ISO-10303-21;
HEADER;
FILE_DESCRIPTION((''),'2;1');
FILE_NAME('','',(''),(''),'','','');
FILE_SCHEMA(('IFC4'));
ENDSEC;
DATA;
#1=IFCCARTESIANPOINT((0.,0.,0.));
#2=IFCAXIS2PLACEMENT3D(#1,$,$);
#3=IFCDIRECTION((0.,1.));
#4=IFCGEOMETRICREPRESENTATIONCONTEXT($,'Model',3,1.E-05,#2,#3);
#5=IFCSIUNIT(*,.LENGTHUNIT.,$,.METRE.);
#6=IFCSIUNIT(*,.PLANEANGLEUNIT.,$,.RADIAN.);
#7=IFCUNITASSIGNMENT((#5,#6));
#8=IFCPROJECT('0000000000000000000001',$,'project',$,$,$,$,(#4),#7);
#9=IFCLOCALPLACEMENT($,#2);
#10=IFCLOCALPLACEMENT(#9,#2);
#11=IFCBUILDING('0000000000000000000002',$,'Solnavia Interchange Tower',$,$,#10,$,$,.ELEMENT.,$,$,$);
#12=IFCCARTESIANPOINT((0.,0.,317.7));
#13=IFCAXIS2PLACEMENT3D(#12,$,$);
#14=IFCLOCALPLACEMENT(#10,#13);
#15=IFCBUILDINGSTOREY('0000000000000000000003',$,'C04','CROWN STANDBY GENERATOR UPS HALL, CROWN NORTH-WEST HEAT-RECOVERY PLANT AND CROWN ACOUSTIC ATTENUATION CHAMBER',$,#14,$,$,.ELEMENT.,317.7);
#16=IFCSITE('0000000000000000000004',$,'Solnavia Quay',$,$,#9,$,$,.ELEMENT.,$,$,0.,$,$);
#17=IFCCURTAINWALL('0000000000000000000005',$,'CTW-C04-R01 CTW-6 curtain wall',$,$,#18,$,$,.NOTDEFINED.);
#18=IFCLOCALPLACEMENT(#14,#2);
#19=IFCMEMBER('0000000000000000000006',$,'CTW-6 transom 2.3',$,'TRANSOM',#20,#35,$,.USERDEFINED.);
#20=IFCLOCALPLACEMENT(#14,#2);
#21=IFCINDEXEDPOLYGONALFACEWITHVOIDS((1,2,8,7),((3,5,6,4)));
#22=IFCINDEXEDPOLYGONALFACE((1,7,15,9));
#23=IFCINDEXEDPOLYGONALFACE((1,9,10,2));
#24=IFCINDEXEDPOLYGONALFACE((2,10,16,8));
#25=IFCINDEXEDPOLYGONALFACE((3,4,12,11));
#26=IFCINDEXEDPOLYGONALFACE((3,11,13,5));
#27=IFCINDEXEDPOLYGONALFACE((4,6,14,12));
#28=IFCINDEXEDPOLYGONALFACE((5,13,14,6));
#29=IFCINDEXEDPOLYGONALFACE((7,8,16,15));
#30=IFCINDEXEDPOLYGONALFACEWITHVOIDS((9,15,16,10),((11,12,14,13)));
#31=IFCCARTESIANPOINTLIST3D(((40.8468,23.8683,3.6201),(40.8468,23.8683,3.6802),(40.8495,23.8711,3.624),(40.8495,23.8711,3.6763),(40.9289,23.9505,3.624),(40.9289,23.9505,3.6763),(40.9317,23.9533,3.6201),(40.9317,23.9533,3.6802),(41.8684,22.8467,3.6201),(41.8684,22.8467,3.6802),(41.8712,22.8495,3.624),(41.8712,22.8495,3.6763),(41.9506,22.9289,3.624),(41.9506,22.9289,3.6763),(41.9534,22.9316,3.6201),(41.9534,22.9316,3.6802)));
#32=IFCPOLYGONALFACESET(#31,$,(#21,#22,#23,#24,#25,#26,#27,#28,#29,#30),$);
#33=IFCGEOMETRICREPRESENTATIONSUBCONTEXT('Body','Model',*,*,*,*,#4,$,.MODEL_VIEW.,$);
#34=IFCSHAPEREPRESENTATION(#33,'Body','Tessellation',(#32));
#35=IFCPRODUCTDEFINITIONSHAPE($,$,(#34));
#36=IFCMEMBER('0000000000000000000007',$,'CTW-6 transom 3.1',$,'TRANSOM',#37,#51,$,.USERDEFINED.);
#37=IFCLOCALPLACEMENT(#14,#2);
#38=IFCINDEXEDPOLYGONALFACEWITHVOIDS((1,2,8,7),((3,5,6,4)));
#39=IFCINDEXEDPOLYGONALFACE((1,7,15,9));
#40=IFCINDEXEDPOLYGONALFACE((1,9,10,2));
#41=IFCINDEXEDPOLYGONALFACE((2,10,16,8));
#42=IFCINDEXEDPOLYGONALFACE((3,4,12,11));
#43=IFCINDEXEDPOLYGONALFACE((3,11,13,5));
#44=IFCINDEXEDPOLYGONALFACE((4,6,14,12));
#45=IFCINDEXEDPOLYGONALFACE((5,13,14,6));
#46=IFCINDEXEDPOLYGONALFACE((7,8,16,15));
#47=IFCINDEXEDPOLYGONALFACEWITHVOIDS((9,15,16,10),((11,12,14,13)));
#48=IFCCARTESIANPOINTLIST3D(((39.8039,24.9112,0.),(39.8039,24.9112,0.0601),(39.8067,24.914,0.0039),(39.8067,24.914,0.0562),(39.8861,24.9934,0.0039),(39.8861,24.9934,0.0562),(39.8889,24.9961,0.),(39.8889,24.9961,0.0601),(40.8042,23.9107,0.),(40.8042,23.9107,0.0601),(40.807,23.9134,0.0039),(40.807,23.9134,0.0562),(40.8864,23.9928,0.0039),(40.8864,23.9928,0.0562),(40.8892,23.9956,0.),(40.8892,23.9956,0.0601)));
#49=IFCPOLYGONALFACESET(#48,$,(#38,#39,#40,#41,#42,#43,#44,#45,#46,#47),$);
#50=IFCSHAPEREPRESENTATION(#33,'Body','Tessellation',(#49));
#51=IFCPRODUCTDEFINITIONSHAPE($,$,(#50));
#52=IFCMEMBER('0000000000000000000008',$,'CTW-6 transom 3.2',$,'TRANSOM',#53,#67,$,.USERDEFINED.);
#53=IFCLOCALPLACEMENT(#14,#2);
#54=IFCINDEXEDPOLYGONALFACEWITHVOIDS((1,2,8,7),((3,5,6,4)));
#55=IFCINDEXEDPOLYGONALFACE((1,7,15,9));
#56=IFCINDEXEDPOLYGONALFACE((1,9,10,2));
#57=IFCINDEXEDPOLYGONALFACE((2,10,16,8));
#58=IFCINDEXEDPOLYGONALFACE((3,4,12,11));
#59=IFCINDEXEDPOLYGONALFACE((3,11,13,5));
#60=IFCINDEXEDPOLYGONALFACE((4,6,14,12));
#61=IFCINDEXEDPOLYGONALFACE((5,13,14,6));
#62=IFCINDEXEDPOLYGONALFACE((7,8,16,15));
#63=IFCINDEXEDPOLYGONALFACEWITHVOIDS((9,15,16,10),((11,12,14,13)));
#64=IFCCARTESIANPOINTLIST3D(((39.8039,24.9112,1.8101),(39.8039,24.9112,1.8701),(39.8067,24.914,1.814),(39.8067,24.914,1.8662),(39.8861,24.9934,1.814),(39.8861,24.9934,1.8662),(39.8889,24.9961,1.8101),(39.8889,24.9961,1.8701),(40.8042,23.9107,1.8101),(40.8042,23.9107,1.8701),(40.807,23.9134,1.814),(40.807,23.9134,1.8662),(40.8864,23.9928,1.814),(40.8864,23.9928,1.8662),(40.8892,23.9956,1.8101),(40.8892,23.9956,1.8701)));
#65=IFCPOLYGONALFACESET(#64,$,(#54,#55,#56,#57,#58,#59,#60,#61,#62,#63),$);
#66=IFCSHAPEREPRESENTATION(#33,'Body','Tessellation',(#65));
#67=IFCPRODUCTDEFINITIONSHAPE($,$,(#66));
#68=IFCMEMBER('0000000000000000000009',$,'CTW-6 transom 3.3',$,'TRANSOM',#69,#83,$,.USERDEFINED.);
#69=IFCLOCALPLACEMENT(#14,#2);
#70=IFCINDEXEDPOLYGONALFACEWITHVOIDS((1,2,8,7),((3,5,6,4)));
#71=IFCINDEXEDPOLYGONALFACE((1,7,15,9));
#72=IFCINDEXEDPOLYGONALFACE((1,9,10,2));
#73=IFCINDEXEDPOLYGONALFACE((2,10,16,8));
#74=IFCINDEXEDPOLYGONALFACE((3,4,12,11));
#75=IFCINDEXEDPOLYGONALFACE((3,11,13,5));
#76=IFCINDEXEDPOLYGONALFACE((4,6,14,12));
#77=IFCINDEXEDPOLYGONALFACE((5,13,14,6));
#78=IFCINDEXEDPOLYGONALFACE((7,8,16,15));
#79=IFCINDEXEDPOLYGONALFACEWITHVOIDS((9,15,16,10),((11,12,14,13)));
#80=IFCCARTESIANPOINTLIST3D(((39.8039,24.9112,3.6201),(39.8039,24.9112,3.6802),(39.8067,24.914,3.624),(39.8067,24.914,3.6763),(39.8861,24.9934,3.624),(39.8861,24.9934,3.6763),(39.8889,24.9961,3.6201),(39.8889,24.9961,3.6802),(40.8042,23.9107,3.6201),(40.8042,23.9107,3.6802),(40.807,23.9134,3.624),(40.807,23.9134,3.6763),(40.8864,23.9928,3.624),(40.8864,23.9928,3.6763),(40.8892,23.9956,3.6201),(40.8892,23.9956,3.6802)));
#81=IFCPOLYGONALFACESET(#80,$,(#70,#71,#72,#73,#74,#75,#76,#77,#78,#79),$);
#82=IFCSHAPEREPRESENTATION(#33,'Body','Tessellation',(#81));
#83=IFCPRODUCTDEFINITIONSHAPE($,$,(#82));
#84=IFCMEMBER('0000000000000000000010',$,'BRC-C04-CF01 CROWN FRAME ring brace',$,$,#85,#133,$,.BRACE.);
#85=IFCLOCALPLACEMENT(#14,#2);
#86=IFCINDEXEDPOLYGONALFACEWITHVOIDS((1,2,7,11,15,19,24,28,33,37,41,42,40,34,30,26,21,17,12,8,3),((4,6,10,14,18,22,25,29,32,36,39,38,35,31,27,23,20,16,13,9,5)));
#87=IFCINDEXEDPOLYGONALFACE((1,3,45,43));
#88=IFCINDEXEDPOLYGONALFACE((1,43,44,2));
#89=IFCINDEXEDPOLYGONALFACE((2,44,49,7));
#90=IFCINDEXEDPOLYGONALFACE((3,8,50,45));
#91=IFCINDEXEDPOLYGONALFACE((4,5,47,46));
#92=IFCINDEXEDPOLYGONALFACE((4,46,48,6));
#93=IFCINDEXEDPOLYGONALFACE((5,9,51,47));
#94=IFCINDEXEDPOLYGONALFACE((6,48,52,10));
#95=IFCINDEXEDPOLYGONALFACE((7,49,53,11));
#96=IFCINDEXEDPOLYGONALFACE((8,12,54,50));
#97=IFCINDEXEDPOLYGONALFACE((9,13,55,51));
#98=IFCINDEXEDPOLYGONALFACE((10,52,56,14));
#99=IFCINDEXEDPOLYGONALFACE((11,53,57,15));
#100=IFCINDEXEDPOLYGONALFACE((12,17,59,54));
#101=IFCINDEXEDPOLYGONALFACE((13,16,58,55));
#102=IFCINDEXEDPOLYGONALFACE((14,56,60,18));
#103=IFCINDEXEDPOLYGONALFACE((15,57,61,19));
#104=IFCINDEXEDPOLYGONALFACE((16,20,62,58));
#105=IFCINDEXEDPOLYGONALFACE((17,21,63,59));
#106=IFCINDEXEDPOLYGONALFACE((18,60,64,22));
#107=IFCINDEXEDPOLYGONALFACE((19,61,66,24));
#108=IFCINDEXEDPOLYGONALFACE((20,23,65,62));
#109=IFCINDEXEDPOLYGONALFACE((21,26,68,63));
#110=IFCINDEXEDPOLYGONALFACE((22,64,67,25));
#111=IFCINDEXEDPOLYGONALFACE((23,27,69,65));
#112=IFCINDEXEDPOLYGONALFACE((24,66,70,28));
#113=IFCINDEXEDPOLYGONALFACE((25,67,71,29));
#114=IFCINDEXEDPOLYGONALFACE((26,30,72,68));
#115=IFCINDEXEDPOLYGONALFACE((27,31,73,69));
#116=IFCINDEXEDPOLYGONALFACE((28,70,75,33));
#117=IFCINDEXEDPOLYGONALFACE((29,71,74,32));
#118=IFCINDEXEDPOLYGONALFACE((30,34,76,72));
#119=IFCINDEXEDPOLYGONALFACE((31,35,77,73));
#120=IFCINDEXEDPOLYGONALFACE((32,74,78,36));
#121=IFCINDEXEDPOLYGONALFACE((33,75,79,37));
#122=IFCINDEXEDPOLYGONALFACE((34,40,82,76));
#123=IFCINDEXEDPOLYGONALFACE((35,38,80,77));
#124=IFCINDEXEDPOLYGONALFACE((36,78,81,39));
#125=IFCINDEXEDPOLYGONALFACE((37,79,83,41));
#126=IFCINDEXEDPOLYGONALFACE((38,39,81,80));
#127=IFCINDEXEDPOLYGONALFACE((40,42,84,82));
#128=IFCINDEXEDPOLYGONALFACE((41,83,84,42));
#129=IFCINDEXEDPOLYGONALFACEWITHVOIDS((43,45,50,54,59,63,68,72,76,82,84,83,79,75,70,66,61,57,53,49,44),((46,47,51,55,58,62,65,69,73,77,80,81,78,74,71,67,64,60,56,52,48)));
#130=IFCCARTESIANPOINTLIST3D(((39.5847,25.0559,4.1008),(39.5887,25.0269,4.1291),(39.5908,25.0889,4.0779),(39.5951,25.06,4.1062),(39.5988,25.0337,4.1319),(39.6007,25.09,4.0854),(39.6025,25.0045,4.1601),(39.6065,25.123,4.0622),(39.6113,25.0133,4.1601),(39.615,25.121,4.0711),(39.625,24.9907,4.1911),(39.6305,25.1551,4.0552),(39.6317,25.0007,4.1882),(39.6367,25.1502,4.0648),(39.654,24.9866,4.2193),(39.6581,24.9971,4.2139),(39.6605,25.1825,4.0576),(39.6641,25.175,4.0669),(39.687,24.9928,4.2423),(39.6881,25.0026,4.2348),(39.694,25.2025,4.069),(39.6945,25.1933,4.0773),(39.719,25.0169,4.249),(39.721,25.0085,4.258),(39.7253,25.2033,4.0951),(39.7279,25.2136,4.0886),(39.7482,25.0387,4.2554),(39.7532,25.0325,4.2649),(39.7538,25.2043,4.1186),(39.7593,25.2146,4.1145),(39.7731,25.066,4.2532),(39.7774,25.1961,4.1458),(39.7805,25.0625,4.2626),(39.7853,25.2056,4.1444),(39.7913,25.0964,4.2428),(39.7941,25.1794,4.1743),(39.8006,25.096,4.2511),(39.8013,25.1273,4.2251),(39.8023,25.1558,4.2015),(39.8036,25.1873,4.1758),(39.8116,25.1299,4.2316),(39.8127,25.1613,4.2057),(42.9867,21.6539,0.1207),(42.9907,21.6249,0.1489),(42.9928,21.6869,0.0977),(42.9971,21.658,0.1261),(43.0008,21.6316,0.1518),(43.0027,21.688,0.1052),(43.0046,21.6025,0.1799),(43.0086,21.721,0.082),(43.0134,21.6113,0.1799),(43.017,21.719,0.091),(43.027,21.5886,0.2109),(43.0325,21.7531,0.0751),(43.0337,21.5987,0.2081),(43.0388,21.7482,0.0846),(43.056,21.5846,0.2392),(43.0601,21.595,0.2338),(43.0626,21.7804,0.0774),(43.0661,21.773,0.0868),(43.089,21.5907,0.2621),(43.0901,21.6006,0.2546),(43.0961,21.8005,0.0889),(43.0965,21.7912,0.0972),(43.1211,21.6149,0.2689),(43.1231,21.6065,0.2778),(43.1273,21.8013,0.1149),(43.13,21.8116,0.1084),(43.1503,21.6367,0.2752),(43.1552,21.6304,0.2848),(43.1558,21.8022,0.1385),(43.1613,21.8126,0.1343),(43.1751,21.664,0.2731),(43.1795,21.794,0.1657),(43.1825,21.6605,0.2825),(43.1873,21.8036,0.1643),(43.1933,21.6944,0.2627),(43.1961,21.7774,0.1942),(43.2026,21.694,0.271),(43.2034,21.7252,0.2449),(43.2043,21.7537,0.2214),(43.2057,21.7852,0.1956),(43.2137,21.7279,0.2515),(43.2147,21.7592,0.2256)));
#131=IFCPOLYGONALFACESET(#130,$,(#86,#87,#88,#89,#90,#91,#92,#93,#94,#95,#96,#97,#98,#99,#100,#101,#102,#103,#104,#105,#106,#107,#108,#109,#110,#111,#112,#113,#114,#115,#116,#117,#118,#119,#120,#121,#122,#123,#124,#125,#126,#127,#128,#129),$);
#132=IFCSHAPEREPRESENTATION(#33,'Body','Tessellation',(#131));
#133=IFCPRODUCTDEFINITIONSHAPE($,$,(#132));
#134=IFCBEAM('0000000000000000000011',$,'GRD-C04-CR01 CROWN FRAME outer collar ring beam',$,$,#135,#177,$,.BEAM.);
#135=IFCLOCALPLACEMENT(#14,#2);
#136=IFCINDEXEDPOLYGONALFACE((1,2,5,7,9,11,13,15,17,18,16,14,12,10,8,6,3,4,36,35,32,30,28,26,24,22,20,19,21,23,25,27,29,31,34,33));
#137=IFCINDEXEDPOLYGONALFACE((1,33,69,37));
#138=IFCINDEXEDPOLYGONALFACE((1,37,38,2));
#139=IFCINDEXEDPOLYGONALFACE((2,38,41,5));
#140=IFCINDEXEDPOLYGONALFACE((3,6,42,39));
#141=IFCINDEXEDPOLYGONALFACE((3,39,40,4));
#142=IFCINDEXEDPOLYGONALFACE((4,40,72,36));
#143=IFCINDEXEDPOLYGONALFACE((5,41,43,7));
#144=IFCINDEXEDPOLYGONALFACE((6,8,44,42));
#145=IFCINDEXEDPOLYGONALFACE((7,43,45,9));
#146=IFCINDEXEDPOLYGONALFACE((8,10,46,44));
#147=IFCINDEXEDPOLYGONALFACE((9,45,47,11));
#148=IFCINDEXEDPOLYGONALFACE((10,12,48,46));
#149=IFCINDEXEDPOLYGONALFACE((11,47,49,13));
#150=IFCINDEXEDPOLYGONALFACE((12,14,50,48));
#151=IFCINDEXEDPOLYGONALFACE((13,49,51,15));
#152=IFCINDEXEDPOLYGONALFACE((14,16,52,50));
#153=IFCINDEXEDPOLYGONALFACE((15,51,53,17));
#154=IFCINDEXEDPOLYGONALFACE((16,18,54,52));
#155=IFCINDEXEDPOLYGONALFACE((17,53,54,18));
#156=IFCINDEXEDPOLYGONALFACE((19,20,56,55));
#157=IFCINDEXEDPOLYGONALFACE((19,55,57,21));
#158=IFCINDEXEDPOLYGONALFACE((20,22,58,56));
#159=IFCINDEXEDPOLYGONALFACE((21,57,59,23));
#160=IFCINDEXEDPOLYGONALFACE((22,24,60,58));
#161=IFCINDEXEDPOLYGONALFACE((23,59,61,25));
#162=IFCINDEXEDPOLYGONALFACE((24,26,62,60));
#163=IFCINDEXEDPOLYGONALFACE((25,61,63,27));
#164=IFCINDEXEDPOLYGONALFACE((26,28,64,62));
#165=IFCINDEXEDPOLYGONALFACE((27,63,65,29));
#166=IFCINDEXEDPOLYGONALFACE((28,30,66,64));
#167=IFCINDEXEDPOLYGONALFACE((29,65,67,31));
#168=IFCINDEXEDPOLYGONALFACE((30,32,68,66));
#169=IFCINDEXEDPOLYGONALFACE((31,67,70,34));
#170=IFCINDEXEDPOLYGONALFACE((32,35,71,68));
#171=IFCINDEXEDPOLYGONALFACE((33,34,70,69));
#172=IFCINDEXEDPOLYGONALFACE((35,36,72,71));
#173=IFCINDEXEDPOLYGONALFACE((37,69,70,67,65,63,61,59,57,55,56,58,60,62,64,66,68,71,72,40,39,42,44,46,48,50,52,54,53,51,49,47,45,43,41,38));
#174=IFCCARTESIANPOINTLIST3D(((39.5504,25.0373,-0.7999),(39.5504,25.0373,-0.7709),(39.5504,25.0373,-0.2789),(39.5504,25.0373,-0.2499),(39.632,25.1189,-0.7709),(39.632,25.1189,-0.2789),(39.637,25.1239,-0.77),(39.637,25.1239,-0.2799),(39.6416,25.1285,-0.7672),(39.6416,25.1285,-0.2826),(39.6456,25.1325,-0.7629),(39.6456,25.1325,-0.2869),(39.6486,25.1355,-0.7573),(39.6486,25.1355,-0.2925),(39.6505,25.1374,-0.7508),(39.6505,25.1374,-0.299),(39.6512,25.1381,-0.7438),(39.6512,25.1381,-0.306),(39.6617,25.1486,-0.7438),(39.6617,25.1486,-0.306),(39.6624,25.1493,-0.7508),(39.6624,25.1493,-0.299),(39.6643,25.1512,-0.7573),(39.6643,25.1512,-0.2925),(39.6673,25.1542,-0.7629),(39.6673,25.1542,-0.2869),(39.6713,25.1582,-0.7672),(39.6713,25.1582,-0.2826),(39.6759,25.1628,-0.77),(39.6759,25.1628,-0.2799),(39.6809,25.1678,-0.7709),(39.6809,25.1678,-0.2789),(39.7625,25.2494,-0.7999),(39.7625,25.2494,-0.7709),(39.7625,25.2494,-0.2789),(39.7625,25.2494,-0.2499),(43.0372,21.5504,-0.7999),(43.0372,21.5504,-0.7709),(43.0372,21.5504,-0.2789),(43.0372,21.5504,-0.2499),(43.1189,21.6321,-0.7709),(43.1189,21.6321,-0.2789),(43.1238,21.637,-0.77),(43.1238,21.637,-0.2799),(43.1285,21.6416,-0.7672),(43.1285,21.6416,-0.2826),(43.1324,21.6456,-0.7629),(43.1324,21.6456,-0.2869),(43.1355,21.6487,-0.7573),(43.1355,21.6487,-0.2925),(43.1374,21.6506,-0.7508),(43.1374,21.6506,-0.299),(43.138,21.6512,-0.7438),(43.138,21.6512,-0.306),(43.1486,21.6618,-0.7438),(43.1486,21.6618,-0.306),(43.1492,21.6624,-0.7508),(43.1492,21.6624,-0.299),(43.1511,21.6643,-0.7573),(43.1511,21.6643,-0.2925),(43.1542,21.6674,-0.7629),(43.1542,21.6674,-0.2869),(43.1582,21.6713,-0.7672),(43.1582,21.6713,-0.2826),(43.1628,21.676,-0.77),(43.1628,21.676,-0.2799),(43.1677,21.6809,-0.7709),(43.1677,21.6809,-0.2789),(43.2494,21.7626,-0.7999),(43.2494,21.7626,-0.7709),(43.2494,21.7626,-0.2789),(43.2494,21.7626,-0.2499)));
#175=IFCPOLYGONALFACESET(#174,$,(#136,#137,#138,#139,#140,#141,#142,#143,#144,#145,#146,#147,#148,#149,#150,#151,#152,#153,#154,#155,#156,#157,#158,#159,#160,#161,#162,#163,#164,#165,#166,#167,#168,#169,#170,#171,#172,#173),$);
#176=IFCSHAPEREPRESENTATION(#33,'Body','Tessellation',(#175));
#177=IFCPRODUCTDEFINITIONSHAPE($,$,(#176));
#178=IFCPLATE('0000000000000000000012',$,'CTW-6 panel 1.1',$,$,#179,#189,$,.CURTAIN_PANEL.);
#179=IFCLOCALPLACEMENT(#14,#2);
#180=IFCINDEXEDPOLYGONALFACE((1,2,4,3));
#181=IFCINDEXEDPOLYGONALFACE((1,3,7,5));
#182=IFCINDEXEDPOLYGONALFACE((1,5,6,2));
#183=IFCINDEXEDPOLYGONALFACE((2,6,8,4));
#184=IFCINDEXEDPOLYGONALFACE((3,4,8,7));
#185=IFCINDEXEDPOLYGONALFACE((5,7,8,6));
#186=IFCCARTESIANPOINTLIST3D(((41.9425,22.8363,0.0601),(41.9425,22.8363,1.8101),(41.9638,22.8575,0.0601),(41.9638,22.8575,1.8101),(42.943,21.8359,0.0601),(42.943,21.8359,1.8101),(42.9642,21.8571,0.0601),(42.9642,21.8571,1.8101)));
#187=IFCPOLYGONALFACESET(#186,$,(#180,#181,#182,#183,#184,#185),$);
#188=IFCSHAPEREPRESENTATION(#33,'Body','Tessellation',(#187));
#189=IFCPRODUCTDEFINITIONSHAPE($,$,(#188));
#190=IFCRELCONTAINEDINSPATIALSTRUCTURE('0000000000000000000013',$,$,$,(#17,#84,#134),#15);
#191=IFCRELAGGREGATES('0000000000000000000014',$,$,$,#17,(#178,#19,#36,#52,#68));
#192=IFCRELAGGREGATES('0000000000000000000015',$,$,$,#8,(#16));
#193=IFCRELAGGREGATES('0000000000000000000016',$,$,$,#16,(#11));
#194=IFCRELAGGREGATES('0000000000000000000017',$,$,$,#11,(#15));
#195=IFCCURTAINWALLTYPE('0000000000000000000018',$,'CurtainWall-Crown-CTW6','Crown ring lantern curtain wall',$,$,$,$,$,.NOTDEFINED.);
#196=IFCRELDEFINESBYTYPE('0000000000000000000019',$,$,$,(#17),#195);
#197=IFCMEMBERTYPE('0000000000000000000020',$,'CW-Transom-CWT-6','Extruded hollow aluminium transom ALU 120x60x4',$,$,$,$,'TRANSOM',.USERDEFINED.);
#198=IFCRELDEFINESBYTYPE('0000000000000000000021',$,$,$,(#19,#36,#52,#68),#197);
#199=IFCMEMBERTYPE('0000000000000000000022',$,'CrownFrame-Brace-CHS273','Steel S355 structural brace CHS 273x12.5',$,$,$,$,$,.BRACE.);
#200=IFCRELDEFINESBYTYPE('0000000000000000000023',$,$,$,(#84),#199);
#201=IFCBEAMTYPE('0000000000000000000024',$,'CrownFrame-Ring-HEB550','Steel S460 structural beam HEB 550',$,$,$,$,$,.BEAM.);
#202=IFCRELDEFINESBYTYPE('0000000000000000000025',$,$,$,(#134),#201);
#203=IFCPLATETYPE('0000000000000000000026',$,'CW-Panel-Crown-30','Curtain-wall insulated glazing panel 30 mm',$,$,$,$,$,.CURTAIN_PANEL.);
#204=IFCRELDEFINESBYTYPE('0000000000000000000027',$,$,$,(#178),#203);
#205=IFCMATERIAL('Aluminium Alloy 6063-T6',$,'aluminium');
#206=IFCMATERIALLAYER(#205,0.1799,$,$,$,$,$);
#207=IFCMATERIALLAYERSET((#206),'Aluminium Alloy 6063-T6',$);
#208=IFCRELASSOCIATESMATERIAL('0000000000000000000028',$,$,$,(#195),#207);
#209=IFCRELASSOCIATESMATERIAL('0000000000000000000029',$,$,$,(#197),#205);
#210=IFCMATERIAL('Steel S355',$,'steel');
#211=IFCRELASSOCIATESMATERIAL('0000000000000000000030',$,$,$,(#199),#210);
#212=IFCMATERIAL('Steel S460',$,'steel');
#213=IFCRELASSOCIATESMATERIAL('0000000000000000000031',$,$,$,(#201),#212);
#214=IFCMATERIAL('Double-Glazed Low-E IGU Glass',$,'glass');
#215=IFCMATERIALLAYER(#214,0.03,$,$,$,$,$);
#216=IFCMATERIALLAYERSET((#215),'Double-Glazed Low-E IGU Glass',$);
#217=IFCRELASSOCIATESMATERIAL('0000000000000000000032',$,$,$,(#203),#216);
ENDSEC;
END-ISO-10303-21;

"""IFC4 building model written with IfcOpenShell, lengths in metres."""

from ifc_helpers import new_model, si_unit, direction, frame, origin, origin_2d, place, context, subcontext, project, spatial, rectangle, hollow_rectangle, hollow_circle, i_section, extrude, material, layer, layer_set, material_profile, profile_set, type_object, element, aggregate, save


model = new_model("IFC4")

# Units and contexts
model_context = context("Model", 3, precision=1e-05, world=origin(), true_north=direction((0.0, 1.0)))
body_context = subcontext(model_context, "Body", "Model", "MODEL_VIEW")
ifc_project = project(units=[si_unit("LENGTHUNIT", "METRE"), si_unit("PLANEANGLEUNIT", "RADIAN")], contexts=[model_context])

# Site, building, storey
site_placement = place(None, origin())
site = spatial("IfcSite", under=ifc_project, at=site_placement, Name="Solnavia Quay", CompositionType="ELEMENT", RefElevation=0.0)
building_placement = place(site_placement, origin())
building = spatial("IfcBuilding", under=site, at=building_placement, Name="Solnavia Interchange Tower", CompositionType="ELEMENT")
storey_placement = place(building_placement, frame((0.0, 0.0, 317.7)))
storey = spatial("IfcBuildingStorey", under=building, at=storey_placement, Name="C04", Description="CROWN STANDBY GENERATOR UPS HALL, CROWN NORTH-WEST HEAT-RECOVERY PLANT AND CROWN ACOUSTIC ATTENUATION CHAMBER", CompositionType="ELEMENT", Elevation=317.7)

# Shared definitions
ifc_material_1 = material(Name="Steel S460", Category="steel")

# Curtain wall, members
ifc_material_2 = material(Name="Aluminium Alloy 6063-T6", Category="aluminium")
ifc_layer_1 = layer(ifc_material_2, 0.1799)
ifc_layer_set_1 = layer_set([ifc_layer_1], Name="Aluminium Alloy 6063-T6")
curtain_wall_type = type_object("IfcCurtainWallType", Name="CurtainWall-Crown-CTW6", Description="Crown ring lantern curtain wall", PredefinedType="NOTDEFINED", material=ifc_layer_set_1)
curtain_wall_placement = place(storey_placement, origin())
curtain_wall = element("IfcCurtainWall", 1, at=curtain_wall_placement, inside=storey, type_object=curtain_wall_type, Name="CTW-C04-R01 CTW-6 curtain wall", PredefinedType="NOTDEFINED")
ifc_material_profile_1 = material_profile(ifc_material_2, hollow_rectangle(XDim=0.0601, YDim=0.1201, WallThickness=0.0039, at=origin_2d()), Name="ALU 120x60x4")
ifc_profile_set_1 = profile_set([ifc_material_profile_1], Name="Aluminium Alloy 6063-T6")
member_type_1 = type_object("IfcMemberType", Name="CW-Transom-CWT-6", Description="Extruded hollow aluminium transom ALU 120x60x4", ElementType="TRANSOM", PredefinedType="USERDEFINED", material=ifc_profile_set_1)
member_1_placement = place(storey_placement, frame((41.9109, 22.8892, 3.6501), z_axis=(-0.707107, 0.707107, 0.0), x_axis=(0.0, 0.0, 1.0)))
member_1 = element("IfcMember", 2, at=member_1_placement, type_object=member_type_1, Name="CTW-6 transom 2.3", ObjectType="TRANSOM", PredefinedType="USERDEFINED", context=body_context, shape_type="SweptSolid", body=[
    extrude(hollow_rectangle(XDim=0.0601, YDim=0.1201, WallThickness=0.0039, at=origin_2d()), origin(), (0.0, 0.0, 1.0), 1.4448),
])
member_2_placement = place(storey_placement, frame((40.8467, 23.9531, 0.03), z_axis=(-0.70702, 0.707193, 0.0), x_axis=(0.0, 0.0, 1.0)))
member_2 = element("IfcMember", 3, at=member_2_placement, type_object=member_type_1, Name="CTW-6 transom 3.1", ObjectType="TRANSOM", PredefinedType="USERDEFINED", context=body_context, shape_type="SweptSolid", body=[
    extrude(hollow_rectangle(XDim=0.0601, YDim=0.1201, WallThickness=0.0039, at=origin_2d()), origin(), (0.0, 0.0, 1.0), 1.4148),
])
member_3_placement = place(storey_placement, frame((40.8467, 23.9531, 1.8401), z_axis=(-0.70702, 0.707193, 0.0), x_axis=(0.0, 0.0, 1.0)))
member_3 = element("IfcMember", 4, at=member_3_placement, type_object=member_type_1, Name="CTW-6 transom 3.2", ObjectType="TRANSOM", PredefinedType="USERDEFINED", context=body_context, shape_type="SweptSolid", body=[
    extrude(hollow_rectangle(XDim=0.0601, YDim=0.1201, WallThickness=0.0039, at=origin_2d()), origin(), (0.0, 0.0, 1.0), 1.4148),
])
member_4_placement = place(storey_placement, frame((40.8467, 23.9531, 3.6501), z_axis=(-0.70702, 0.707193, 0.0), x_axis=(0.0, 0.0, 1.0)))
member_4 = element("IfcMember", 5, at=member_4_placement, type_object=member_type_1, Name="CTW-6 transom 3.3", ObjectType="TRANSOM", PredefinedType="USERDEFINED", context=body_context, shape_type="SweptSolid", body=[
    extrude(hollow_rectangle(XDim=0.0601, YDim=0.1201, WallThickness=0.0039, at=origin_2d()), origin(), (0.0, 0.0, 1.0), 1.4148),
])

# Member
ifc_material_3 = material(Name="Steel S355", Category="steel")
ifc_material_profile_2 = material_profile(ifc_material_3, hollow_circle(Radius=0.1365, WallThickness=0.0125, at=origin_2d()), Name="CHS 273x12.5")
ifc_profile_set_2 = profile_set([ifc_material_profile_2], Name="Steel S355")
member_type_2 = type_object("IfcMemberType", Name="CrownFrame-Brace-CHS273", Description="Steel S355 structural brace CHS 273x12.5", PredefinedType="BRACE", material=ifc_profile_set_2)
member_5_placement = place(storey_placement, frame((43.1011, 21.699, 0.1799), z_axis=(-0.544837, 0.544837, 0.637422), x_axis=(-0.707107, -0.707107, 0.0)))
element("IfcMember", 6, at=member_5_placement, inside=storey, type_object=member_type_2, Name="BRC-C04-CF01 CROWN FRAME ring brace", PredefinedType="BRACE", context=body_context, shape_type="SweptSolid", body=[
    extrude(hollow_circle(Radius=0.1365, WallThickness=0.0125, at=origin_2d()), origin(), (0.0, 0.0, 1.0), 6.2441),
])

# Beam
ifc_material_profile_3 = material_profile(ifc_material_1, i_section(OverallWidth=0.3, OverallDepth=0.55, WebThickness=0.0149, FlangeThickness=0.0291, FilletRadius=0.0271, at=origin_2d()), Name="HEB 550")
ifc_profile_set_3 = profile_set([ifc_material_profile_3], Name="Steel S460")
beam_type = type_object("IfcBeamType", Name="CrownFrame-Ring-HEB550", Description="Steel S460 structural beam HEB 550", PredefinedType="BEAM", material=ifc_profile_set_3)
beam_placement = place(storey_placement, frame((43.1433, 21.6565, -0.5249), z_axis=(-0.707107, 0.707107, 0.0), x_axis=(-0.707107, -0.707107, 0.0)))
element("IfcBeam", 7, at=beam_placement, inside=storey, type_object=beam_type, Name="GRD-C04-CR01 CROWN FRAME outer collar ring beam", PredefinedType="BEAM", context=body_context, shape_type="SweptSolid", body=[
    extrude(i_section(OverallWidth=0.3, OverallDepth=0.55, WebThickness=0.0149, FlangeThickness=0.0291, FilletRadius=0.0271, at=origin_2d()), origin(), (0.0, 0.0, 1.0), 4.9312),
])

# Plate
ifc_material_4 = material(Name="Double-Glazed Low-E IGU Glass", Category="glass")
ifc_layer_2 = layer(ifc_material_4, 0.03)
ifc_layer_set_2 = layer_set([ifc_layer_2], Name="Double-Glazed Low-E IGU Glass")
plate_type_1 = type_object("IfcPlateType", Name="CW-Panel-Crown-30", Description="Curtain-wall insulated glazing panel 30 mm", PredefinedType="CURTAIN_PANEL", material=ifc_layer_set_2)
plate_1_placement = place(storey_placement, frame((42.4534, 22.3467, 0.0601), z_axis=(0.0, 0.0, 1.0), x_axis=(-0.707107, 0.707107, 0.0)))
plate_1 = element("IfcPlate", 8, at=plate_1_placement, type_object=plate_type_1, Name="CTW-6 panel 1.1", PredefinedType="CURTAIN_PANEL", context=body_context, shape_type="SweptSolid", body=[
    extrude(rectangle(XDim=1.4148, YDim=0.03, at=origin_2d()), origin(), (0.0, 0.0, 1.0), 1.75),
])
aggregate(curtain_wall, [plate_1, member_1, member_2, member_3, member_4])

save(model, "model.ifc")
